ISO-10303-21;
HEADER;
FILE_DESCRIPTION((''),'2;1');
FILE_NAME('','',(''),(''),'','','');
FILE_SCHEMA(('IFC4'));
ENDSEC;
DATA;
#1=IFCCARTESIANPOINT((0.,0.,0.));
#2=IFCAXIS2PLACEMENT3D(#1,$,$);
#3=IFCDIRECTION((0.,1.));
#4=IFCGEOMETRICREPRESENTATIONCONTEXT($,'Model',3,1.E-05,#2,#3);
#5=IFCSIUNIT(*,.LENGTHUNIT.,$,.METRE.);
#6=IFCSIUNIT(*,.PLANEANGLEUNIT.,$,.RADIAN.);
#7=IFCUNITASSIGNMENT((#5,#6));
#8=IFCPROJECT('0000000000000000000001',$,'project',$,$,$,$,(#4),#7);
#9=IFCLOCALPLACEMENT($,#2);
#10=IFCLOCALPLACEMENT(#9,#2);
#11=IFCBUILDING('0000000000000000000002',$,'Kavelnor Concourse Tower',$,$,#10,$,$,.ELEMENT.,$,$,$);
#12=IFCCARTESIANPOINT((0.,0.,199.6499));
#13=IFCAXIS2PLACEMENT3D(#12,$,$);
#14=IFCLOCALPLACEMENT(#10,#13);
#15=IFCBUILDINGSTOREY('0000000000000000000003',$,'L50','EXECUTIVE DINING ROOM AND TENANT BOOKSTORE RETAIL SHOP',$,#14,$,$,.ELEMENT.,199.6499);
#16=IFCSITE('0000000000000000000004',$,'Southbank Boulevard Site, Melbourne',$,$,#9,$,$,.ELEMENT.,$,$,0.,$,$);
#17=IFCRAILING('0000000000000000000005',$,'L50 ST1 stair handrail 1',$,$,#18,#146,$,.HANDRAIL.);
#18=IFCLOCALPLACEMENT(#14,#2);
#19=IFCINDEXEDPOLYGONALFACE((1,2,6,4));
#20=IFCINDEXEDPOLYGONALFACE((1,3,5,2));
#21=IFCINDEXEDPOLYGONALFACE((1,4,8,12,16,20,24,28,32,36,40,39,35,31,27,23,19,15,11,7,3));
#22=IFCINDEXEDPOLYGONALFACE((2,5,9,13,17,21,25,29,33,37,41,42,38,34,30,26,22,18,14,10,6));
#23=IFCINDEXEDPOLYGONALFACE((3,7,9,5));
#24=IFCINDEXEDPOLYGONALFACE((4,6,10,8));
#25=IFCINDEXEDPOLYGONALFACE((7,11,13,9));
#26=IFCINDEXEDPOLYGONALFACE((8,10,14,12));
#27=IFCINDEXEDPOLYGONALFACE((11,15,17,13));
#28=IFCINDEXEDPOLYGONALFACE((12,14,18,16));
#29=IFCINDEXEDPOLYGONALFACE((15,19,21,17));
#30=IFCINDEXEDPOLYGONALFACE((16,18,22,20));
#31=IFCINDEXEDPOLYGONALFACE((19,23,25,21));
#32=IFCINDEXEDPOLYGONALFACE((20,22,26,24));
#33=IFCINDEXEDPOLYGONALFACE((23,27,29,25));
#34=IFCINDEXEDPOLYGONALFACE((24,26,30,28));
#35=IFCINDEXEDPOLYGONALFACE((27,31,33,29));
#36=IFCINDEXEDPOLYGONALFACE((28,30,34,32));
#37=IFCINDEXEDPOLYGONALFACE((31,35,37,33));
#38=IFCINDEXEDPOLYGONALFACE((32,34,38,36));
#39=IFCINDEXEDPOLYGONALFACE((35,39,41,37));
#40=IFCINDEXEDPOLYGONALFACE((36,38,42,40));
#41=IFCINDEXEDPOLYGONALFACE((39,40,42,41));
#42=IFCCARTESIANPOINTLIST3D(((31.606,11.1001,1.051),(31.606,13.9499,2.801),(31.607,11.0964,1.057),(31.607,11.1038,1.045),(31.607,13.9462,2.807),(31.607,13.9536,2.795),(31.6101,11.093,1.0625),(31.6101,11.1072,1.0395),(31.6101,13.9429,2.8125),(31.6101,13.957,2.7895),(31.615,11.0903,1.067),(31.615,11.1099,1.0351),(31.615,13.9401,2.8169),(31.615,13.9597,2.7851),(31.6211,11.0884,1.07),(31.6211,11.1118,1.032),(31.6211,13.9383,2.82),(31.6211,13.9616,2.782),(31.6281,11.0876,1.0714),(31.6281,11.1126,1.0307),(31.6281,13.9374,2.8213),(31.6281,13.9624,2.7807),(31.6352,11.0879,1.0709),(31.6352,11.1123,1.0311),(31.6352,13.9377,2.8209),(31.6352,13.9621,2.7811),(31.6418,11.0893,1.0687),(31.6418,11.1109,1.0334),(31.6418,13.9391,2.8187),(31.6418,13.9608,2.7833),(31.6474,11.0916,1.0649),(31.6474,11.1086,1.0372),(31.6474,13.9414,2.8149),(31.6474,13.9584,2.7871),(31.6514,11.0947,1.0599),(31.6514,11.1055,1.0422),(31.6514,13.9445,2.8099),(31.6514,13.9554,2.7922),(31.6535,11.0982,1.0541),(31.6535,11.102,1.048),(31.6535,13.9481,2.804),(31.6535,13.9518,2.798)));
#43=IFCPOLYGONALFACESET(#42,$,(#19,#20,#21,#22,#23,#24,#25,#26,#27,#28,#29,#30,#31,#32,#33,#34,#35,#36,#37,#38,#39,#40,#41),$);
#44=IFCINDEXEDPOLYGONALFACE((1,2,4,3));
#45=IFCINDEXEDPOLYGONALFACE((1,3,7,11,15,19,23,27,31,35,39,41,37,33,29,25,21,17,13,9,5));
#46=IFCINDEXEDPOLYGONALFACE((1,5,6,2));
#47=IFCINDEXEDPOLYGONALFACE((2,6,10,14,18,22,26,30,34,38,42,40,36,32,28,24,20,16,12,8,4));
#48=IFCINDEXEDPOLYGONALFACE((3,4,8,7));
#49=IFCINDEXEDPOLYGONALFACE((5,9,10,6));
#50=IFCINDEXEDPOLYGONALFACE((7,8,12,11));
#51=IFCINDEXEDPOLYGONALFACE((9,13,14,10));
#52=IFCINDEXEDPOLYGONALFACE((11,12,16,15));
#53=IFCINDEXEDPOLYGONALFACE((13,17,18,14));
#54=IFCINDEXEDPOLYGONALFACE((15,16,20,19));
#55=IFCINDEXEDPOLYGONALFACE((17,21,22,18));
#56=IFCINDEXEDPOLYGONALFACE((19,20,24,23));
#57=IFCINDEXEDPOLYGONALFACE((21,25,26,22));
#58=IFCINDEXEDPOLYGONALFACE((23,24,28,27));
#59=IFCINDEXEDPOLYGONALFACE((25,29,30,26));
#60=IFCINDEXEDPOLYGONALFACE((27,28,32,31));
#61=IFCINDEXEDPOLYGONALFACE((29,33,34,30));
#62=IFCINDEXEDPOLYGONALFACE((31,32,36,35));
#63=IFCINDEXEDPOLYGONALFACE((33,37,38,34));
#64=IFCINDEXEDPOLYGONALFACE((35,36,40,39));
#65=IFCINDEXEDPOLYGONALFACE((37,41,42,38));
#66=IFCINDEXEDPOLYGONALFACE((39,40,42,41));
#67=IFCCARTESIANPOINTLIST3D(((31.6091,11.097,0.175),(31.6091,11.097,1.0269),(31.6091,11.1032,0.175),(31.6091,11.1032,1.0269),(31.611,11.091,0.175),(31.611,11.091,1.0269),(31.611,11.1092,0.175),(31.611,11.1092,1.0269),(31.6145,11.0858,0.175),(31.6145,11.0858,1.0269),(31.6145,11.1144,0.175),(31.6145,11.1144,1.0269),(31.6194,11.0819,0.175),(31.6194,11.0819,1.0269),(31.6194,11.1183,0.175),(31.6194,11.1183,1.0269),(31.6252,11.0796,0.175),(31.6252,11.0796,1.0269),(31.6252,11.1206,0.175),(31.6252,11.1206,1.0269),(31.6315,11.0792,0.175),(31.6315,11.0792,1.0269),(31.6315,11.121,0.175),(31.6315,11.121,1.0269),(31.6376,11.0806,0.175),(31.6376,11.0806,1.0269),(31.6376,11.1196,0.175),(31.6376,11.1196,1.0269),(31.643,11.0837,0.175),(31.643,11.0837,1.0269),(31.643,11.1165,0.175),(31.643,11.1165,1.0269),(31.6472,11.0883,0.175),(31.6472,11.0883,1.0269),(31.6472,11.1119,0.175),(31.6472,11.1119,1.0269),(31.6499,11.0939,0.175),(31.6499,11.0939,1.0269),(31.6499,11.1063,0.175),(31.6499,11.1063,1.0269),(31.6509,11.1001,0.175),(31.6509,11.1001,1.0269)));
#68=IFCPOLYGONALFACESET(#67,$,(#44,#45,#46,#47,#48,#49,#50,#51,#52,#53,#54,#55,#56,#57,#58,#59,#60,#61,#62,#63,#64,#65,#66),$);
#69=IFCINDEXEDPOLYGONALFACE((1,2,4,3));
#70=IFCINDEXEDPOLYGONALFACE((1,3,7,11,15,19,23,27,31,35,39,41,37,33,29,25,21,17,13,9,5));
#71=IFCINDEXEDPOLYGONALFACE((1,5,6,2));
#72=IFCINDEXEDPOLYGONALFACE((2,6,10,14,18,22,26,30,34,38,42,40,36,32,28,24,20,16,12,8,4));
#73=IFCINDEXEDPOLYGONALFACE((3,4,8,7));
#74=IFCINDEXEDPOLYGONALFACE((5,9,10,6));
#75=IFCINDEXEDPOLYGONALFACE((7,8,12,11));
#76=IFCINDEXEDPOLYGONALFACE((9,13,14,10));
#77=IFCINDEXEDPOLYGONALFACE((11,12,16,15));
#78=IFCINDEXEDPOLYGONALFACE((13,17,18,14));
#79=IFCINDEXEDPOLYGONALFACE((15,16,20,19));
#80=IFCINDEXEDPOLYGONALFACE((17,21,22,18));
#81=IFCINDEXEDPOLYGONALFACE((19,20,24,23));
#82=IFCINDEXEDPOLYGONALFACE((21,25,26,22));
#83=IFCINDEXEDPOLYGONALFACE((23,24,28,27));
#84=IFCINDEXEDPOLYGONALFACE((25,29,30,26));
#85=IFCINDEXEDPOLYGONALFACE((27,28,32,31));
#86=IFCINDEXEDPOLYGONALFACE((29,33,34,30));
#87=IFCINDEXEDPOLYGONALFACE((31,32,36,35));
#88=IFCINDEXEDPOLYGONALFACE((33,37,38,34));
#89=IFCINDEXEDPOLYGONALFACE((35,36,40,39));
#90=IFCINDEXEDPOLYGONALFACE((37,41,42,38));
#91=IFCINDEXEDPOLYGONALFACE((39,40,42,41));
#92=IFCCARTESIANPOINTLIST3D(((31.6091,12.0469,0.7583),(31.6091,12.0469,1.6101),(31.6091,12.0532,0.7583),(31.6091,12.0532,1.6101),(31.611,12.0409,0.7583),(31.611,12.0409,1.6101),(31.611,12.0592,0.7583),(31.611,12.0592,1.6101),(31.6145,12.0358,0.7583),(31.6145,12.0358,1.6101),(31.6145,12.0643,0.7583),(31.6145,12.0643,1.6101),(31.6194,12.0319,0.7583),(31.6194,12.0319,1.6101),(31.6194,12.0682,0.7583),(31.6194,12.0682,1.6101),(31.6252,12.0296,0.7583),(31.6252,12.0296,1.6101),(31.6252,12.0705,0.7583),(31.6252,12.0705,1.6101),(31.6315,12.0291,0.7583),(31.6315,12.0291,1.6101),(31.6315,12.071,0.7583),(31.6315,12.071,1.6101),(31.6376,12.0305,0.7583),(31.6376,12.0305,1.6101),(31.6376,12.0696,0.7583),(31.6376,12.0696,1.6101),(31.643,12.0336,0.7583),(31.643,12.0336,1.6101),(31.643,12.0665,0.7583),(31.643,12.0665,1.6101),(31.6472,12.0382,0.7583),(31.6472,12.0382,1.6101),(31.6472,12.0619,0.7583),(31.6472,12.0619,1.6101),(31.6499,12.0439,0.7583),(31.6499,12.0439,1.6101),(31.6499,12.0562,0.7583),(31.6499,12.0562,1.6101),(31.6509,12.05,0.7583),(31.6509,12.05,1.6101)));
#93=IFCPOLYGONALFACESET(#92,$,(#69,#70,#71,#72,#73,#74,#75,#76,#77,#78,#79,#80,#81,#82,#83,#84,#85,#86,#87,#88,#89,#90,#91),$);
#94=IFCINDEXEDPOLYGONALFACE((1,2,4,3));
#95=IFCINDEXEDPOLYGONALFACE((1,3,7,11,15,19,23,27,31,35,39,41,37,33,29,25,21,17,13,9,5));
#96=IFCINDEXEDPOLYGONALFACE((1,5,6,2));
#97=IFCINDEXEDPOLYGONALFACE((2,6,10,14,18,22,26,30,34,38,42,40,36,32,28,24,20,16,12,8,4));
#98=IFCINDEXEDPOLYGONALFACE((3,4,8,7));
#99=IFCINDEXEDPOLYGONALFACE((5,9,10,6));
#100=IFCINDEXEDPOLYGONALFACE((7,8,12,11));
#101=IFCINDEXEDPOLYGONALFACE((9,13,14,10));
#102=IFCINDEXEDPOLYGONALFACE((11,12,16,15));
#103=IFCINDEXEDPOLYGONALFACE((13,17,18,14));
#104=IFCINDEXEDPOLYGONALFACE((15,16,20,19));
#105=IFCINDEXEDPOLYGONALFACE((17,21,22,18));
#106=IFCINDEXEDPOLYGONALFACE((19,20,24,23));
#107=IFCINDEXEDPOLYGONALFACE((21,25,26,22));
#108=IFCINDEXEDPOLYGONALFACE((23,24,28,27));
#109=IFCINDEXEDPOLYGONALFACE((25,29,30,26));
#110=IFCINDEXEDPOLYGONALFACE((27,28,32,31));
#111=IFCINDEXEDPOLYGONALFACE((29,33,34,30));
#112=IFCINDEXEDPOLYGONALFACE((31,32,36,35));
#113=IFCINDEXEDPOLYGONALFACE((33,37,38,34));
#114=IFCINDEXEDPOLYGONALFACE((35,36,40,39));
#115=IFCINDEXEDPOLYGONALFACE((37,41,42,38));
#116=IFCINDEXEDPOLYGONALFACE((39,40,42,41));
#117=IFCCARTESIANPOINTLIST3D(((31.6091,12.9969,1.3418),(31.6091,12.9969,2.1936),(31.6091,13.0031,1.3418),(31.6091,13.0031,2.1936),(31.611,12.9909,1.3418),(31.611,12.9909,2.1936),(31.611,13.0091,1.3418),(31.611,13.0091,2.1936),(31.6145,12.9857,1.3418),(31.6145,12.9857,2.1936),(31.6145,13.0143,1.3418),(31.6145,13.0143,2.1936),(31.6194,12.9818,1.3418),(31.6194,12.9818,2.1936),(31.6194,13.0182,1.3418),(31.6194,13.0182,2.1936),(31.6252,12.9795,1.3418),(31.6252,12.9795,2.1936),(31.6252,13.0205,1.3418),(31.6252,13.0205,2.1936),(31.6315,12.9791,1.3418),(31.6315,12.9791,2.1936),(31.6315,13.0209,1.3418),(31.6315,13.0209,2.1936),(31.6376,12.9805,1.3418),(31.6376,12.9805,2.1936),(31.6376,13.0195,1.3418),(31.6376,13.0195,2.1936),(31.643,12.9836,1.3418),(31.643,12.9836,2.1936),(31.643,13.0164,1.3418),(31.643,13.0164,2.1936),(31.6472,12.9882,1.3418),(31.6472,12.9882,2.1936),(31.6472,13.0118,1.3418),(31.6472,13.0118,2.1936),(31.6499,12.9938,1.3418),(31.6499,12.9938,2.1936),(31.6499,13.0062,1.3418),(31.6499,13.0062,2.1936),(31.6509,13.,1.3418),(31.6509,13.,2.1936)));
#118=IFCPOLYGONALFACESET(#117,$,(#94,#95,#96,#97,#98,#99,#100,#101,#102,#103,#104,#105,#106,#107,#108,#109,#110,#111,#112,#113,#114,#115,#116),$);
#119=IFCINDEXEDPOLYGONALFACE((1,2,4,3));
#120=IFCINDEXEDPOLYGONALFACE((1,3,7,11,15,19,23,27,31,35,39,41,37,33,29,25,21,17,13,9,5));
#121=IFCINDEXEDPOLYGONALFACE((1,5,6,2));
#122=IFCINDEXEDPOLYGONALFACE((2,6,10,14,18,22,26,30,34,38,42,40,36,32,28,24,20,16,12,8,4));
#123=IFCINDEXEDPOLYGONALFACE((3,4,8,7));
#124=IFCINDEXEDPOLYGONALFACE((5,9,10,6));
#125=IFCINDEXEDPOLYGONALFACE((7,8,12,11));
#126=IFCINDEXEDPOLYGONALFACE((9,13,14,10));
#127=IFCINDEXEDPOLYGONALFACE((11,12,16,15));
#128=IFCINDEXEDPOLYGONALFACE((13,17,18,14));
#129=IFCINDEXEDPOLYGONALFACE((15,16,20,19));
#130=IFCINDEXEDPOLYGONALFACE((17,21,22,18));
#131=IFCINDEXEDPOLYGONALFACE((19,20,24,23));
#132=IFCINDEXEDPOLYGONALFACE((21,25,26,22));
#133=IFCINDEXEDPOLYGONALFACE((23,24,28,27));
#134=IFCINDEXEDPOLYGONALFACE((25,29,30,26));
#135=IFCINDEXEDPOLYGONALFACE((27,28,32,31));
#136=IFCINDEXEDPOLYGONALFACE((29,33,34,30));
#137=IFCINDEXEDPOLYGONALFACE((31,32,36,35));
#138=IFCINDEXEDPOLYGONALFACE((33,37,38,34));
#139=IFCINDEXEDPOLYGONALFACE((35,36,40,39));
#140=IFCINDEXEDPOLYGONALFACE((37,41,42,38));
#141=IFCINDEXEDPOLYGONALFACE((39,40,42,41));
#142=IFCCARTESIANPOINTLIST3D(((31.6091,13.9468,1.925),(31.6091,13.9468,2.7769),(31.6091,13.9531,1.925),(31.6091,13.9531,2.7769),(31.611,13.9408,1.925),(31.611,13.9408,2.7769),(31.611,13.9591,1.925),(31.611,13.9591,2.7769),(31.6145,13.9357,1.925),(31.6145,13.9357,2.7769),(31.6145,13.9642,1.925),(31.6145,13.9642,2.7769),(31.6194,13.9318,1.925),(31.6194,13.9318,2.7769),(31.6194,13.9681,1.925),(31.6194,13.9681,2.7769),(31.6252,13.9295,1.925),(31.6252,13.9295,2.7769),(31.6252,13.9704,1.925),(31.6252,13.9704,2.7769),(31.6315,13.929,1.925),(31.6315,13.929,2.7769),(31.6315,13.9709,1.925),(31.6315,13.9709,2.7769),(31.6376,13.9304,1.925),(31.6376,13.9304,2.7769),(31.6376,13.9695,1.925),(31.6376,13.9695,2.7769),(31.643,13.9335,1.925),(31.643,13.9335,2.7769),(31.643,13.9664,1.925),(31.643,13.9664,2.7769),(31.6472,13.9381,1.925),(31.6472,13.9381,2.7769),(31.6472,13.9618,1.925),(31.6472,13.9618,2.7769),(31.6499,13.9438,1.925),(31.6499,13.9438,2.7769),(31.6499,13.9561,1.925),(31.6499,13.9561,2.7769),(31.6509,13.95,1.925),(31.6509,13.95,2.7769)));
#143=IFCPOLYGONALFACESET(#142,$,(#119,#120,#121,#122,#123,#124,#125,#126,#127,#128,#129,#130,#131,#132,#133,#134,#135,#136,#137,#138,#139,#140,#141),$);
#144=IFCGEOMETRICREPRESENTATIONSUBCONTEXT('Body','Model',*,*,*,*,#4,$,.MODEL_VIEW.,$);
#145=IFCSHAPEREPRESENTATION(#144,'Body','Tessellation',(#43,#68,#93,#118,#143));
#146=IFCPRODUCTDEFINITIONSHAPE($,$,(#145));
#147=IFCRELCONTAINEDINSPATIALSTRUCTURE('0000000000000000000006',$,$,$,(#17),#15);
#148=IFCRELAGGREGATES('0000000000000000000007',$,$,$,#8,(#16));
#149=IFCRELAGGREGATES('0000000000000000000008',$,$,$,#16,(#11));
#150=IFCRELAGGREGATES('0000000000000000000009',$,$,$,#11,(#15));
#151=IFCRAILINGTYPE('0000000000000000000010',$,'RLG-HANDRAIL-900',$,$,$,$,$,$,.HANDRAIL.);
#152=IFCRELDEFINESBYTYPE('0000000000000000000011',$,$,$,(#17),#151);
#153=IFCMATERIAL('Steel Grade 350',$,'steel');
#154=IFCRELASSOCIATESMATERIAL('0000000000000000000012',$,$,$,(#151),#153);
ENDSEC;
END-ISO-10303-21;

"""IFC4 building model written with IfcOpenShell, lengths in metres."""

from ifc_helpers import new_model, si_unit, direction, frame, origin, origin_2d, place, context, subcontext, project, spatial, circle, extrude, material, type_object, element, save


model = new_model("IFC4")

# Units and contexts
model_context = context("Model", 3, precision=1e-05, world=origin(), true_north=direction((0.0, 1.0)))
body_context = subcontext(model_context, "Body", "Model", "MODEL_VIEW")
ifc_project = project(units=[si_unit("LENGTHUNIT", "METRE"), si_unit("PLANEANGLEUNIT", "RADIAN")], contexts=[model_context])

# Site, building, storey
site_placement = place(None, origin())
site = spatial("IfcSite", under=ifc_project, at=site_placement, Name="Southbank Boulevard Site, Melbourne", CompositionType="ELEMENT", RefElevation=0.0)
building_placement = place(site_placement, origin())
building = spatial("IfcBuilding", under=site, at=building_placement, Name="Kavelnor Concourse Tower", CompositionType="ELEMENT")
storey_placement = place(building_placement, frame((0.0, 0.0, 199.6499)))
storey = spatial("IfcBuildingStorey", under=building, at=storey_placement, Name="L50", Description="EXECUTIVE DINING ROOM AND TENANT BOOKSTORE RETAIL SHOP", CompositionType="ELEMENT", Elevation=199.6499)

# Shared definitions
ifc_material_1 = material(Name="Steel Grade 350", Category="steel")

# Railing
railing_type_1 = type_object("IfcRailingType", Name="RLG-HANDRAIL-900", PredefinedType="HANDRAIL", material=ifc_material_1)
railing_1_placement = place(storey_placement, frame((31.6299, 11.1001, 0.175)))
element("IfcRailing", 1, at=railing_1_placement, inside=storey, type_object=railing_type_1, Name="L50 ST1 stair handrail 1", PredefinedType="HANDRAIL", context=body_context, shape_type="SweptSolid", body=[
    extrude(circle(Radius=0.0239, at=origin_2d()), frame((0.0, 0.0, 0.876), z_axis=(0.0, 0.852159, 0.523283), x_axis=(-1.0, 0.0, 0.0)), (0.0, 0.0, 1.0), 3.3442),
    extrude(circle(Radius=0.021, at=origin_2d()), origin(), (0.0, 0.0, 1.0), 0.8518),
    extrude(circle(Radius=0.021, at=origin_2d()), frame((0.0, 0.95, 0.5833)), (0.0, 0.0, 1.0), 0.8518),
    extrude(circle(Radius=0.021, at=origin_2d()), frame((0.0, 1.8999, 1.1667)), (0.0, 0.0, 1.0), 0.8518),
    extrude(circle(Radius=0.021, at=origin_2d()), frame((0.0, 2.8499, 1.75)), (0.0, 0.0, 1.0), 0.8518),
])

save(model, "model.ifc")
